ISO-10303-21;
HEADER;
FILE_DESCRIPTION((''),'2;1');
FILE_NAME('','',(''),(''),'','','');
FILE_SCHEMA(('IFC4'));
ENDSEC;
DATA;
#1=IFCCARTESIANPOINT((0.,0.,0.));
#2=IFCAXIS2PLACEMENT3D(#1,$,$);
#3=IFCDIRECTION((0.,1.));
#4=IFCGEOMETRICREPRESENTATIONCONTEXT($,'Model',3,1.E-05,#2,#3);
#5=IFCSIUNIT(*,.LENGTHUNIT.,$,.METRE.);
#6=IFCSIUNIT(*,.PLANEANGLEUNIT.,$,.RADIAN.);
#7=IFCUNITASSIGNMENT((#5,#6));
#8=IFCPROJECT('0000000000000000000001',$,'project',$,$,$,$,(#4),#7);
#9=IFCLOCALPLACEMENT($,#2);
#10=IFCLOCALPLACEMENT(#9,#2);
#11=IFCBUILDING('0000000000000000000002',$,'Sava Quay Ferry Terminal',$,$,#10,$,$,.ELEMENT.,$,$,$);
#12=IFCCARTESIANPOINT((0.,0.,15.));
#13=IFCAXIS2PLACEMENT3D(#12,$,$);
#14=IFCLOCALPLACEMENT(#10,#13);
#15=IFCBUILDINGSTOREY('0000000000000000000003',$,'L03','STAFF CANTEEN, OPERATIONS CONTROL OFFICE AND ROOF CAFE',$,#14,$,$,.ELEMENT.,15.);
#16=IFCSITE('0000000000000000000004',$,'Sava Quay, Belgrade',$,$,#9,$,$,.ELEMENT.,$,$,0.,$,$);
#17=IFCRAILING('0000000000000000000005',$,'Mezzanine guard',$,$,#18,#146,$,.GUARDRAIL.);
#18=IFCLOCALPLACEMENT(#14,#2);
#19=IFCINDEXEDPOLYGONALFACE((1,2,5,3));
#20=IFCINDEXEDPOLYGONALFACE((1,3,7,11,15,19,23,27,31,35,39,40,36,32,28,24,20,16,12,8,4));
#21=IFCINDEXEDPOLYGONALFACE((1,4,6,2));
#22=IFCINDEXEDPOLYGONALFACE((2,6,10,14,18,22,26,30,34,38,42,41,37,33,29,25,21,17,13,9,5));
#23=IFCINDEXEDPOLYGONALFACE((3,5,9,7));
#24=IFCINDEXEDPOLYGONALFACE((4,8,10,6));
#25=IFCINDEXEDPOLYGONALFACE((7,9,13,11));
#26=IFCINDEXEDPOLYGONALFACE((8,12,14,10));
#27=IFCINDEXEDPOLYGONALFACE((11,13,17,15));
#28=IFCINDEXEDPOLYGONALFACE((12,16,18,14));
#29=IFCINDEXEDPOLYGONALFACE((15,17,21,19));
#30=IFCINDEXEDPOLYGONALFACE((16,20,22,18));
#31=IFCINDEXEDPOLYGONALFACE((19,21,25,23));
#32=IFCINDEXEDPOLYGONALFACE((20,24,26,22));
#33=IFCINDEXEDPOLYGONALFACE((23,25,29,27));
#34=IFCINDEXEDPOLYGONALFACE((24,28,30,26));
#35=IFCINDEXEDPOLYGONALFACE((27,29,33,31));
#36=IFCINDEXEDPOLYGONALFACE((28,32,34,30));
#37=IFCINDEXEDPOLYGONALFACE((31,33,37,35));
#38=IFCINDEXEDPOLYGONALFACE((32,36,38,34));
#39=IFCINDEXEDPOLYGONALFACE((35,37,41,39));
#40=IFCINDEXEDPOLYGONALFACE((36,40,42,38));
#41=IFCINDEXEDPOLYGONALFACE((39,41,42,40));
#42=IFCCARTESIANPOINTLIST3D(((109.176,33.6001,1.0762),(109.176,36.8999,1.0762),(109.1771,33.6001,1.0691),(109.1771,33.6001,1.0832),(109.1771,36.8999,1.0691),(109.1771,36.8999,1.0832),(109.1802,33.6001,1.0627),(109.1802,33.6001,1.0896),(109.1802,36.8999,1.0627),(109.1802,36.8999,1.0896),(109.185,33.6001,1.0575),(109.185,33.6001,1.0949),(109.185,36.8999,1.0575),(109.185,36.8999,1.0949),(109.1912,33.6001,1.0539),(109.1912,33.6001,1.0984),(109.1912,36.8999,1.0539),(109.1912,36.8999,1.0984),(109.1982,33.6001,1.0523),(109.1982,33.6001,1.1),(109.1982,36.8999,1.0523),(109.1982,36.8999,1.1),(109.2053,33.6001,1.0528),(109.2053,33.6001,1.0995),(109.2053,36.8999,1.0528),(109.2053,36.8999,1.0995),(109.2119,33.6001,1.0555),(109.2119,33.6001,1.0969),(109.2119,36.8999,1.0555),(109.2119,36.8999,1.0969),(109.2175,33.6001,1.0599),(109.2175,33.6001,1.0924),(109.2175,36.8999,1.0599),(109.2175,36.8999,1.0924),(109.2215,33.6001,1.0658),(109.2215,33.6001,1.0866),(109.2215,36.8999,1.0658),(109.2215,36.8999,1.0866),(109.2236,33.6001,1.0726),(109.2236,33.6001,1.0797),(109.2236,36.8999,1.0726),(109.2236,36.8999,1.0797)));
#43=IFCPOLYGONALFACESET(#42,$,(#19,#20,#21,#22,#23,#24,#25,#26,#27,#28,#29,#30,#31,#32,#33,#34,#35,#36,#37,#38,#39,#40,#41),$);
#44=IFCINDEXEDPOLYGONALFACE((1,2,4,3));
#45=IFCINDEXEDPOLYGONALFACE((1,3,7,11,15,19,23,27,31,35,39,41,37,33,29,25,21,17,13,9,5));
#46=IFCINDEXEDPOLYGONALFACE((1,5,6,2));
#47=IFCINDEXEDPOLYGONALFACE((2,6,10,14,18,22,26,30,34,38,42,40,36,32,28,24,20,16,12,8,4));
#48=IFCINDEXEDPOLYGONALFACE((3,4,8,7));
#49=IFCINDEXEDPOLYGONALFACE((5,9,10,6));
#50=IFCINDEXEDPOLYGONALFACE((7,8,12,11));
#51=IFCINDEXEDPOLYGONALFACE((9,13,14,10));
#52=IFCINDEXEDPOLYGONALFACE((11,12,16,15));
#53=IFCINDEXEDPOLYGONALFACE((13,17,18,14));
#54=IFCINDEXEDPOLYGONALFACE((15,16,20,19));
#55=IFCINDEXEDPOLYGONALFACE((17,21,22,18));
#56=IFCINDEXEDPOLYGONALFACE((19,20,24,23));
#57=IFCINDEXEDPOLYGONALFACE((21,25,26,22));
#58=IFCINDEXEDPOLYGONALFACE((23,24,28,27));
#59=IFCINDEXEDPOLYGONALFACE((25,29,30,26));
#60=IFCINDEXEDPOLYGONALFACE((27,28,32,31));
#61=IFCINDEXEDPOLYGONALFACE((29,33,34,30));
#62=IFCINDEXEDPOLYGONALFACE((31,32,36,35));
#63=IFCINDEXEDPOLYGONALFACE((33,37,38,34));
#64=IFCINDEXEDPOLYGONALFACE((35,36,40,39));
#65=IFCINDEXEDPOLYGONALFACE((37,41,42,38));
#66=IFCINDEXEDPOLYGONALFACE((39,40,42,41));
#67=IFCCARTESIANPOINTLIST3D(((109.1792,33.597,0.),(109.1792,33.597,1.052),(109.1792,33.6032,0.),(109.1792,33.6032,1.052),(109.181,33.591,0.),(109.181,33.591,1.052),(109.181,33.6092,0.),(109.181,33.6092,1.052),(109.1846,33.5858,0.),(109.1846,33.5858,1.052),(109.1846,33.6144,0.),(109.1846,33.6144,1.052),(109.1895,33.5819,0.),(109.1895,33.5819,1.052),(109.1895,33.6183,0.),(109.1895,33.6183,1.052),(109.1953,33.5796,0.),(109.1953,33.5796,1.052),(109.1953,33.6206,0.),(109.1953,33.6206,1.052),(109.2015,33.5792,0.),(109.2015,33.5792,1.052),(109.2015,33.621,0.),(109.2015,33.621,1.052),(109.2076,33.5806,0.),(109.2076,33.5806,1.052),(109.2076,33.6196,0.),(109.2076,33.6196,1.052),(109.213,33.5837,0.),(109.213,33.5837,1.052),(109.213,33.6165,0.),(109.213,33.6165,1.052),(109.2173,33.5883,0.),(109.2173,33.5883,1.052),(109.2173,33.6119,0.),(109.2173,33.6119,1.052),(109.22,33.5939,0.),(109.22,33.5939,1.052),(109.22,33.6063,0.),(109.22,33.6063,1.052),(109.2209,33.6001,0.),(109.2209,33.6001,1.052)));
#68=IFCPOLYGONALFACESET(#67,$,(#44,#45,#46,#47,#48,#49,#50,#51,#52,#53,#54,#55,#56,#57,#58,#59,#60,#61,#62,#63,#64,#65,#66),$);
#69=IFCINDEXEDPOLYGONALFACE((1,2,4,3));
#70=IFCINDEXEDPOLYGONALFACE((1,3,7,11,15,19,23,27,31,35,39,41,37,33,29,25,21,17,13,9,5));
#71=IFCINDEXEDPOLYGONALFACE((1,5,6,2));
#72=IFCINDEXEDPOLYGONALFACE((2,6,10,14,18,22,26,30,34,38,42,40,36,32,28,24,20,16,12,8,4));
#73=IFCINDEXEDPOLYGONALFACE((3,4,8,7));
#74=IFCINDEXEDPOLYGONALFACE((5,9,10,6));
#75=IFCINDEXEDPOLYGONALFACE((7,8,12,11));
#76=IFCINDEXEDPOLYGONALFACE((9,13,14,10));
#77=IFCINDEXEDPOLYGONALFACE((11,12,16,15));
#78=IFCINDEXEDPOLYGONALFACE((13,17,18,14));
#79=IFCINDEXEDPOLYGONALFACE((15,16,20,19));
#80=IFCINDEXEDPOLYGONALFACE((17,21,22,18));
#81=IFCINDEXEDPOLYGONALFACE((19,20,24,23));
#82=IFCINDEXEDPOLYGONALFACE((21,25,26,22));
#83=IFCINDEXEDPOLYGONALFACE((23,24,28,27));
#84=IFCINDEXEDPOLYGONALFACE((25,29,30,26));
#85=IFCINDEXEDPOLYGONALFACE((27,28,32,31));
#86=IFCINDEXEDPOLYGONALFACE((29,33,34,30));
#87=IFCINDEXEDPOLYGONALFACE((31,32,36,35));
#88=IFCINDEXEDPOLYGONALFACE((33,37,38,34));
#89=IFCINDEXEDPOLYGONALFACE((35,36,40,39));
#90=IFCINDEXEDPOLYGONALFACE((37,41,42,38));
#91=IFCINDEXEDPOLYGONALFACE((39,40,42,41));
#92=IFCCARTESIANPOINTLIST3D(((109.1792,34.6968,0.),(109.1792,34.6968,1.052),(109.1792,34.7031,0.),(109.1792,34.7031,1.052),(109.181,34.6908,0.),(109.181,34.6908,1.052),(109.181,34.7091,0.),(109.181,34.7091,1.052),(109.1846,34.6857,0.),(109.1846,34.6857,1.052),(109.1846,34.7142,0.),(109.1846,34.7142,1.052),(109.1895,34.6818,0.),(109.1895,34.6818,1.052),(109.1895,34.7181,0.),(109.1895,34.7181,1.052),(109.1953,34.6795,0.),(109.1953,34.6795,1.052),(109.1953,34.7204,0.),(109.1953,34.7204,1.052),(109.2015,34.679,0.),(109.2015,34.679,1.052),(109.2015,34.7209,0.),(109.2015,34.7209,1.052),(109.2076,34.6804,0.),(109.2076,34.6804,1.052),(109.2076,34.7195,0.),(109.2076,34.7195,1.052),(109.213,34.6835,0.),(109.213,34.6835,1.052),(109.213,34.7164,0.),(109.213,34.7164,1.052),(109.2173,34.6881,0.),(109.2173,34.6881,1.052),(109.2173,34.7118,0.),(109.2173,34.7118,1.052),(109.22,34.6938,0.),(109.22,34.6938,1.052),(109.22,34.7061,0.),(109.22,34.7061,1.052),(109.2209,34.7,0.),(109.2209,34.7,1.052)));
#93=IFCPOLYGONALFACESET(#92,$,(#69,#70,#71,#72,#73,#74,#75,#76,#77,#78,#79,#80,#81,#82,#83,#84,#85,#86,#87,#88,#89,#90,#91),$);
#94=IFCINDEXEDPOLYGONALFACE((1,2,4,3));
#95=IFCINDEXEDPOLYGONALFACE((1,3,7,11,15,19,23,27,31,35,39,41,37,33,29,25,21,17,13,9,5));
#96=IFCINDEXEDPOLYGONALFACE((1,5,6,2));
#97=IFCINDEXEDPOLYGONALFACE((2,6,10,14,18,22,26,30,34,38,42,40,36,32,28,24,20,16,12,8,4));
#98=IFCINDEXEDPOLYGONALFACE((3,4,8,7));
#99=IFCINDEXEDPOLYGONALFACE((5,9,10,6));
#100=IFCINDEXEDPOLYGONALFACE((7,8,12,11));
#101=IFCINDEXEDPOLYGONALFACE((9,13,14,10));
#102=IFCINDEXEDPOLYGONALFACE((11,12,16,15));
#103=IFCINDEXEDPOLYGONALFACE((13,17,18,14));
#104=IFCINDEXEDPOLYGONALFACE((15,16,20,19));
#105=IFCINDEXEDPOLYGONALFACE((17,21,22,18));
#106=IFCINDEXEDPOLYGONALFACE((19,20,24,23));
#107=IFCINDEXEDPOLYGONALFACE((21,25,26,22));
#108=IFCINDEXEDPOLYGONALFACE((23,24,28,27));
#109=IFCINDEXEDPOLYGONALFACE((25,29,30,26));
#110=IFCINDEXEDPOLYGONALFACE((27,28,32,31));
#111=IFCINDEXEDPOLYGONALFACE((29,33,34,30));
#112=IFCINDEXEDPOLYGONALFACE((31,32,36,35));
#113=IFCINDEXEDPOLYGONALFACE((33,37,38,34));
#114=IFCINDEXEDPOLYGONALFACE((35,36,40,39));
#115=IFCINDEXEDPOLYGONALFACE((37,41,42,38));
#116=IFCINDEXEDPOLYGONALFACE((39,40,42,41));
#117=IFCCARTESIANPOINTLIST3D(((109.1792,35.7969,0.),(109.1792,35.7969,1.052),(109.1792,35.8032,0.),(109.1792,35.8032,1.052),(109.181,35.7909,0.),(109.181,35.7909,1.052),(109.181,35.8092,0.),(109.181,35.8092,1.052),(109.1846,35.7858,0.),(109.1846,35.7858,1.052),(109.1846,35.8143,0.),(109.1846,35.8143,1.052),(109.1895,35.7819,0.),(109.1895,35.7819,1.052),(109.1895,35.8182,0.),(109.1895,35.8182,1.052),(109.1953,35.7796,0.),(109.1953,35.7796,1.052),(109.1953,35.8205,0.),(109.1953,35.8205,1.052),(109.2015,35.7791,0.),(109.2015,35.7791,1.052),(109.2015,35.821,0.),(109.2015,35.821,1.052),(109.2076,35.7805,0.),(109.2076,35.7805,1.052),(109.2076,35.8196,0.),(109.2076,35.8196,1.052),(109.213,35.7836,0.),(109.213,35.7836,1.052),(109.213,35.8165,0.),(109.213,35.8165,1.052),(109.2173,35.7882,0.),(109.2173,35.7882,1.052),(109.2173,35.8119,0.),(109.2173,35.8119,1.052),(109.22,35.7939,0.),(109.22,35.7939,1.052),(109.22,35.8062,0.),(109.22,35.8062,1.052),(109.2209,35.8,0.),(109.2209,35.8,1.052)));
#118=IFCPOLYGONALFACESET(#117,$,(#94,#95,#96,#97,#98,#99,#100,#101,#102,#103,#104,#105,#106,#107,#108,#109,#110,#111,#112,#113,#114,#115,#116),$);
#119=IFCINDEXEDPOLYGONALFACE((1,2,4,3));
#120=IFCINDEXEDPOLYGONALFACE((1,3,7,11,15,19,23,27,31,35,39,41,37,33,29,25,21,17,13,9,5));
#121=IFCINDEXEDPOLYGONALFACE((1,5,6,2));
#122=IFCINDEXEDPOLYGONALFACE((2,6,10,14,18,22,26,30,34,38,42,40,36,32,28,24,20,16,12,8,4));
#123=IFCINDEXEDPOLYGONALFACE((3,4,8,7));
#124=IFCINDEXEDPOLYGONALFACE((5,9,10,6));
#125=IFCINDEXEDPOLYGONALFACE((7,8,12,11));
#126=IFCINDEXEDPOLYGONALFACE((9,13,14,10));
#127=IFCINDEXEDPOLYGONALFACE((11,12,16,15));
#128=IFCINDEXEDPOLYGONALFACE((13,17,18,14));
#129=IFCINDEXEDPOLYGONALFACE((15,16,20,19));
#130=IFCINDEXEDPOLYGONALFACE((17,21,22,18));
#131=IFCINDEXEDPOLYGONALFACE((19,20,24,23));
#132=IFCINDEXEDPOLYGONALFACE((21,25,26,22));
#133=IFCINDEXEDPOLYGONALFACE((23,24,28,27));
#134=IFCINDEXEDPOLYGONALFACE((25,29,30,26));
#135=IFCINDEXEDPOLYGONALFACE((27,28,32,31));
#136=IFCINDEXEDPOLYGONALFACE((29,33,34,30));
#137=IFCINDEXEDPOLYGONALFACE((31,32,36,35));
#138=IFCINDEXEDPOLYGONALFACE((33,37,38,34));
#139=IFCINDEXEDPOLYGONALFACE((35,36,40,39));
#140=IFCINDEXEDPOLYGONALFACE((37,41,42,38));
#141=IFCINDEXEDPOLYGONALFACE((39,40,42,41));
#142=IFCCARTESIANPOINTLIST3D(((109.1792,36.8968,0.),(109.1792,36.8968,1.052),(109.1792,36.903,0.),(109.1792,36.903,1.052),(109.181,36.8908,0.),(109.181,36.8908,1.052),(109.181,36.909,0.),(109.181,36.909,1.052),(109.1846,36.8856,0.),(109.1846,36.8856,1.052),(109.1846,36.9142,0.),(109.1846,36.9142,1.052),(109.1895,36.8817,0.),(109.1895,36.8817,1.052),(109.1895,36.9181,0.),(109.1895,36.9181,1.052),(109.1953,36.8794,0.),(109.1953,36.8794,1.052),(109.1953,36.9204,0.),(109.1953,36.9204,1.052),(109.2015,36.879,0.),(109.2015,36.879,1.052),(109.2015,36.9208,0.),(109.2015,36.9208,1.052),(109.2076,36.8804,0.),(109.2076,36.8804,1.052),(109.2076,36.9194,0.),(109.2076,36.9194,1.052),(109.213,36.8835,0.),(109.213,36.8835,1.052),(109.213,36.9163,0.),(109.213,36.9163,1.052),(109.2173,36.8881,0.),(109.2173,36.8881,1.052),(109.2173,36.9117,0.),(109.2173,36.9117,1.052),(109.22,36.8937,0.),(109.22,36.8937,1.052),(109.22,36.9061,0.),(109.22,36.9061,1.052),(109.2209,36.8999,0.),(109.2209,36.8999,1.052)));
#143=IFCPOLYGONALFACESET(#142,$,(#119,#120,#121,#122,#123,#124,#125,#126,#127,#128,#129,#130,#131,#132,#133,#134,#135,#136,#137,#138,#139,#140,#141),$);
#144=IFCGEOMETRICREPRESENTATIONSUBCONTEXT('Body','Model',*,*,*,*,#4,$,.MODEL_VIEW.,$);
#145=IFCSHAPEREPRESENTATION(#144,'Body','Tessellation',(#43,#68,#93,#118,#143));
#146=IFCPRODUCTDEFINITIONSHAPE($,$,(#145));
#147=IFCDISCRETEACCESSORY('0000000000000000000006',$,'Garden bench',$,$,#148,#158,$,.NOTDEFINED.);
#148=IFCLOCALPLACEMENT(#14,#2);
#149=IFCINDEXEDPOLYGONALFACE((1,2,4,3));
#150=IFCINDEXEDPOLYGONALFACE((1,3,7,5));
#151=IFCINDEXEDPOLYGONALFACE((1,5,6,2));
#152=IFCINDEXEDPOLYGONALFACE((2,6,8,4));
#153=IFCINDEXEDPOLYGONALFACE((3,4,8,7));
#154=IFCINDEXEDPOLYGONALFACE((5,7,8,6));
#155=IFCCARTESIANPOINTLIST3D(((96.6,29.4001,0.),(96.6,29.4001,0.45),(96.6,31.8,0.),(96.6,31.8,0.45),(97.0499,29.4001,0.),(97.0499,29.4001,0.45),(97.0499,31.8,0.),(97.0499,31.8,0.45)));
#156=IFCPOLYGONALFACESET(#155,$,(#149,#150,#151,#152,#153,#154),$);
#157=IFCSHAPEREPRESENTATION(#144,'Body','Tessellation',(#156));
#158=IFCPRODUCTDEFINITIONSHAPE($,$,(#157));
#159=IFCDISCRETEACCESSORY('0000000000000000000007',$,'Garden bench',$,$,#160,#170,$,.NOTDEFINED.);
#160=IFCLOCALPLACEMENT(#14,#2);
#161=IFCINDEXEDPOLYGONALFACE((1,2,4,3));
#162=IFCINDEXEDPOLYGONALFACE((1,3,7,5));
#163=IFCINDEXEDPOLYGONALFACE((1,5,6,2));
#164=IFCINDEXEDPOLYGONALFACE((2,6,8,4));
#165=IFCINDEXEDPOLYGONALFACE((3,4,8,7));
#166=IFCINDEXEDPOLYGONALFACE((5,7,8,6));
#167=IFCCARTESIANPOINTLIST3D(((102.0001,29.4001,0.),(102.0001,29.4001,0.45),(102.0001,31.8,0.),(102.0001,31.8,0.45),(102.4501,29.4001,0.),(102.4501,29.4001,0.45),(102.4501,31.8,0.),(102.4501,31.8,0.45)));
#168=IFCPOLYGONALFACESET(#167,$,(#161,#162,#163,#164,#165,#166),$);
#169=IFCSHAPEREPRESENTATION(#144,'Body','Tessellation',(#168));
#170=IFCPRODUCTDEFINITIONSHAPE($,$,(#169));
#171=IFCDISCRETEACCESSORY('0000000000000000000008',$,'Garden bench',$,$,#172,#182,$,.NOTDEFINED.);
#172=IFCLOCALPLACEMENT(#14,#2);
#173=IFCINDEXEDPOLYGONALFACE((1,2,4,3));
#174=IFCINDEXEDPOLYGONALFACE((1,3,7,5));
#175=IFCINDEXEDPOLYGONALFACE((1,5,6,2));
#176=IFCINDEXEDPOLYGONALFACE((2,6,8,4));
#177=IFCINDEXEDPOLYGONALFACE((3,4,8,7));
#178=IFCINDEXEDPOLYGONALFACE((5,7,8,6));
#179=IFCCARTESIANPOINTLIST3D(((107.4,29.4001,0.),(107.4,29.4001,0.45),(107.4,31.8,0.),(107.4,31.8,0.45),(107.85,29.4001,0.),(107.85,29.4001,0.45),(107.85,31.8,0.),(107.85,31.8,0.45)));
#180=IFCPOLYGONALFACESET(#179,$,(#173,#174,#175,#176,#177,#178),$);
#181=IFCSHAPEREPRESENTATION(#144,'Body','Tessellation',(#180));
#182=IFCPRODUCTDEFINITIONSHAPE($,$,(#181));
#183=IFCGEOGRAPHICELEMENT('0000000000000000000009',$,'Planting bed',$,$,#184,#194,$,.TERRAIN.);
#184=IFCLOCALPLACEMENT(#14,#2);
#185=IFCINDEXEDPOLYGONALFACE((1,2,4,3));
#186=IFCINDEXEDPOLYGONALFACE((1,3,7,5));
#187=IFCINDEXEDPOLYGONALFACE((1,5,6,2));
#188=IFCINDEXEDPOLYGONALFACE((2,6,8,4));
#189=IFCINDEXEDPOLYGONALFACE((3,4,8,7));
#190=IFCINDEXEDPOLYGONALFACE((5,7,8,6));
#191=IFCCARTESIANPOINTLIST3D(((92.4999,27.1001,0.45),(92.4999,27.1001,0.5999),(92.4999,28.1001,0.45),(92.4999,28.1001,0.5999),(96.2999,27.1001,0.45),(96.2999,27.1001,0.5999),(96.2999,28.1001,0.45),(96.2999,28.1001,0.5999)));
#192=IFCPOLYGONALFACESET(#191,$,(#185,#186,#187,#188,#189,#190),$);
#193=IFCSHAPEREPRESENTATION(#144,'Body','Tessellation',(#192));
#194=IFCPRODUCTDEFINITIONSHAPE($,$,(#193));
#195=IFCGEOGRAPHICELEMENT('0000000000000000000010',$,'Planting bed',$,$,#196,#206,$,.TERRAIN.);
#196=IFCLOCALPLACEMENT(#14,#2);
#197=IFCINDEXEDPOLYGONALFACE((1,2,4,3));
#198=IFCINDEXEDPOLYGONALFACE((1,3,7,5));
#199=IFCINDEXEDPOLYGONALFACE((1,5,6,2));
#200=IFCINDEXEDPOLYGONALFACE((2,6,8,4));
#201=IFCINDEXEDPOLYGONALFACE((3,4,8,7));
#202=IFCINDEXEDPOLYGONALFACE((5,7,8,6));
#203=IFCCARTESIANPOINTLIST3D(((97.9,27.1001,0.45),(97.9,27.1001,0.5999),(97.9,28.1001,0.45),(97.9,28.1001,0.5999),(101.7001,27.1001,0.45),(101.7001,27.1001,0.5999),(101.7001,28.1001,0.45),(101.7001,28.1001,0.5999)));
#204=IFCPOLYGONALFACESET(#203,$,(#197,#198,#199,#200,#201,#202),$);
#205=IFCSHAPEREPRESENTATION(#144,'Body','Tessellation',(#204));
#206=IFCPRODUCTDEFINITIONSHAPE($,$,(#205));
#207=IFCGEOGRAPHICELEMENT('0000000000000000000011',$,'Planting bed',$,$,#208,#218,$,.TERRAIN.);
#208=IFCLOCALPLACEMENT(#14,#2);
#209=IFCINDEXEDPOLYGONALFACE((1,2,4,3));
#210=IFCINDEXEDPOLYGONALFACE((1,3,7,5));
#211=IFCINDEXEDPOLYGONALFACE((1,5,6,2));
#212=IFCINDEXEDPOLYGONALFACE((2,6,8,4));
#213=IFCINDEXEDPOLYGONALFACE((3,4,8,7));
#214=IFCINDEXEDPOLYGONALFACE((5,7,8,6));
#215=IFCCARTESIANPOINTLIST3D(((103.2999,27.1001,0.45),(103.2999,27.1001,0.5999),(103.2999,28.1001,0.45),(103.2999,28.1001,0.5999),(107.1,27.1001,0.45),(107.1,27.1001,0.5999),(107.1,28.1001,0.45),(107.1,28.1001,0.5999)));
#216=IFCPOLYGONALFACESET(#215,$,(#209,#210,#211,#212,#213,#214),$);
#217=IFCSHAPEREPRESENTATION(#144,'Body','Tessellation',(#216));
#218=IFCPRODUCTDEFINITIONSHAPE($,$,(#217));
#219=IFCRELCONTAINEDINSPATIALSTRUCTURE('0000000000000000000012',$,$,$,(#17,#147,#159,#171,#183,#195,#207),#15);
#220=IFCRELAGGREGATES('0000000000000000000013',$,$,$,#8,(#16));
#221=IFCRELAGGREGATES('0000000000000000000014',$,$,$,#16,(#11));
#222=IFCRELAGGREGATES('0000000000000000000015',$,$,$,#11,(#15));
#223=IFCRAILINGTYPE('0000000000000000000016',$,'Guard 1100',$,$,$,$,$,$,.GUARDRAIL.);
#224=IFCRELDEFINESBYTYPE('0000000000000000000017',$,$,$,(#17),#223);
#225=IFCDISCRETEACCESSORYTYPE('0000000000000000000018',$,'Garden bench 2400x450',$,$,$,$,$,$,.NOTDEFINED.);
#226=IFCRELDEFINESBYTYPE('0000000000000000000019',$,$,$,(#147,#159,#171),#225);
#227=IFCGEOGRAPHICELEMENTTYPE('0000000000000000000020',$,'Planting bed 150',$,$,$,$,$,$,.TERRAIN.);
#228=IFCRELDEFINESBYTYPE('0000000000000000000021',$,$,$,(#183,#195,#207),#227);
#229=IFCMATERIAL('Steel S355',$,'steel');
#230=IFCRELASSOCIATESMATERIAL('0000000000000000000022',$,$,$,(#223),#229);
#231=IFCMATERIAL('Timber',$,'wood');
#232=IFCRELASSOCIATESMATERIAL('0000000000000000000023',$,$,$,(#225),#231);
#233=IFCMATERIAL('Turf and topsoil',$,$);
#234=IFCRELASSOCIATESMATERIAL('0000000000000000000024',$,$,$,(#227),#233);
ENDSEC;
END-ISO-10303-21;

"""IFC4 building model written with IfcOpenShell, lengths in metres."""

from ifc_helpers import new_model, si_unit, direction, frame, origin, origin_2d, place, context, subcontext, project, spatial, rectangle, circle, extrude, material, type_object, element, save


model = new_model("IFC4")

# Units and contexts
model_context = context("Model", 3, precision=1e-05, world=origin(), true_north=direction((0.0, 1.0)))
body_context = subcontext(model_context, "Body", "Model", "MODEL_VIEW")
ifc_project = project(units=[si_unit("LENGTHUNIT", "METRE"), si_unit("PLANEANGLEUNIT", "RADIAN")], contexts=[model_context])

# Site, building, storey
site_placement = place(None, origin())
site = spatial("IfcSite", under=ifc_project, at=site_placement, Name="Sava Quay, Belgrade", CompositionType="ELEMENT", RefElevation=0.0)
building_placement = place(site_placement, origin())
building = spatial("IfcBuilding", under=site, at=building_placement, Name="Sava Quay Ferry Terminal", CompositionType="ELEMENT")
storey_placement = place(building_placement, frame((0.0, 0.0, 15.0)))
storey = spatial("IfcBuildingStorey", under=building, at=storey_placement, Name="L03", Description="STAFF CANTEEN, OPERATIONS CONTROL OFFICE AND ROOF CAFE", CompositionType="ELEMENT", Elevation=15.0)

# Railing
ifc_material_1 = material(Name="Steel S355", Category="steel")
railing_type = type_object("IfcRailingType", Name="Guard 1100", PredefinedType="GUARDRAIL", material=ifc_material_1)
railing_1_placement = place(storey_placement, frame((109.2, 33.6001, 0.0)))
element("IfcRailing", 1, at=railing_1_placement, inside=storey, type_object=railing_type, Name="Mezzanine guard", PredefinedType="GUARDRAIL", context=body_context, shape_type="SweptSolid", body=[
    extrude(circle(Radius=0.0239, at=origin_2d()), frame((0.0, 0.0, 1.0762), z_axis=(0.0, 1.0, 0.0), x_axis=(-1.0, 0.0, 0.0)), (0.0, 0.0, 1.0), 3.2998),
    extrude(circle(Radius=0.021, at=origin_2d()), origin(), (0.0, 0.0, 1.0), 1.052),
    extrude(circle(Radius=0.021, at=origin_2d()), frame((0.0, 1.0999, 0.0)), (0.0, 0.0, 1.0), 1.052),
    extrude(circle(Radius=0.021, at=origin_2d()), frame((0.0, 2.2, 0.0)), (0.0, 0.0, 1.0), 1.052),
    extrude(circle(Radius=0.021, at=origin_2d()), frame((0.0, 3.2998, 0.0)), (0.0, 0.0, 1.0), 1.052),
])

# Discrete accessories
ifc_material_2 = material(Name="Timber", Category="wood")
discrete_accessory_type_1 = type_object("IfcDiscreteAccessoryType", Name="Garden bench 2400x450", PredefinedType="NOTDEFINED", material=ifc_material_2)
for number, where, z_axis, x_axis, name in (
    (2, (96.825, 30.6001, 0.0), (0.0, 0.0, 1.0), (1.0, 0.0, 0.0), "Garden bench"),
    (3, (102.2251, 30.6001, 0.0), (0.0, 0.0, 1.0), (1.0, 0.0, 0.0), "Garden bench"),
    (4, (107.625, 30.6001, 0.0), (0.0, 0.0, 1.0), (1.0, 0.0, 0.0), "Garden bench"),
):
    element("IfcDiscreteAccessory", number, at=place(storey_placement, frame(where, z_axis=z_axis, x_axis=x_axis)), inside=storey, type_object=discrete_accessory_type_1, Name=name, PredefinedType="NOTDEFINED", context=body_context, shape_type="SweptSolid", body=[
        extrude(rectangle(XDim=0.45, YDim=2.3999, at=origin_2d()), origin(), (0.0, 0.0, 1.0), 0.45),
    ])

# Geographic elements
ifc_material_3 = material(Name="Turf and topsoil")
geographic_element_type = type_object("IfcGeographicElementType", Name="Planting bed 150", PredefinedType="TERRAIN", material=ifc_material_3)
for number, where, z_axis, x_axis, name in (
    (5, (94.3999, 27.6001, 0.45), (0.0, 0.0, 1.0), (1.0, 0.0, 0.0), "Planting bed"),
    (6, (99.8, 27.6001, 0.45), (0.0, 0.0, 1.0), (1.0, 0.0, 0.0), "Planting bed"),
    (7, (105.2, 27.6001, 0.45), (0.0, 0.0, 1.0), (1.0, 0.0, 0.0), "Planting bed"),
):
    element("IfcGeographicElement", number, at=place(storey_placement, frame(where, z_axis=z_axis, x_axis=x_axis)), inside=storey, type_object=geographic_element_type, Name=name, PredefinedType="TERRAIN", context=body_context, shape_type="SweptSolid", body=[
        extrude(rectangle(XDim=3.8, YDim=1.0, at=origin_2d()), origin(), (0.0, 0.0, 1.0), 0.1499),
    ])

save(model, "model.ifc")
